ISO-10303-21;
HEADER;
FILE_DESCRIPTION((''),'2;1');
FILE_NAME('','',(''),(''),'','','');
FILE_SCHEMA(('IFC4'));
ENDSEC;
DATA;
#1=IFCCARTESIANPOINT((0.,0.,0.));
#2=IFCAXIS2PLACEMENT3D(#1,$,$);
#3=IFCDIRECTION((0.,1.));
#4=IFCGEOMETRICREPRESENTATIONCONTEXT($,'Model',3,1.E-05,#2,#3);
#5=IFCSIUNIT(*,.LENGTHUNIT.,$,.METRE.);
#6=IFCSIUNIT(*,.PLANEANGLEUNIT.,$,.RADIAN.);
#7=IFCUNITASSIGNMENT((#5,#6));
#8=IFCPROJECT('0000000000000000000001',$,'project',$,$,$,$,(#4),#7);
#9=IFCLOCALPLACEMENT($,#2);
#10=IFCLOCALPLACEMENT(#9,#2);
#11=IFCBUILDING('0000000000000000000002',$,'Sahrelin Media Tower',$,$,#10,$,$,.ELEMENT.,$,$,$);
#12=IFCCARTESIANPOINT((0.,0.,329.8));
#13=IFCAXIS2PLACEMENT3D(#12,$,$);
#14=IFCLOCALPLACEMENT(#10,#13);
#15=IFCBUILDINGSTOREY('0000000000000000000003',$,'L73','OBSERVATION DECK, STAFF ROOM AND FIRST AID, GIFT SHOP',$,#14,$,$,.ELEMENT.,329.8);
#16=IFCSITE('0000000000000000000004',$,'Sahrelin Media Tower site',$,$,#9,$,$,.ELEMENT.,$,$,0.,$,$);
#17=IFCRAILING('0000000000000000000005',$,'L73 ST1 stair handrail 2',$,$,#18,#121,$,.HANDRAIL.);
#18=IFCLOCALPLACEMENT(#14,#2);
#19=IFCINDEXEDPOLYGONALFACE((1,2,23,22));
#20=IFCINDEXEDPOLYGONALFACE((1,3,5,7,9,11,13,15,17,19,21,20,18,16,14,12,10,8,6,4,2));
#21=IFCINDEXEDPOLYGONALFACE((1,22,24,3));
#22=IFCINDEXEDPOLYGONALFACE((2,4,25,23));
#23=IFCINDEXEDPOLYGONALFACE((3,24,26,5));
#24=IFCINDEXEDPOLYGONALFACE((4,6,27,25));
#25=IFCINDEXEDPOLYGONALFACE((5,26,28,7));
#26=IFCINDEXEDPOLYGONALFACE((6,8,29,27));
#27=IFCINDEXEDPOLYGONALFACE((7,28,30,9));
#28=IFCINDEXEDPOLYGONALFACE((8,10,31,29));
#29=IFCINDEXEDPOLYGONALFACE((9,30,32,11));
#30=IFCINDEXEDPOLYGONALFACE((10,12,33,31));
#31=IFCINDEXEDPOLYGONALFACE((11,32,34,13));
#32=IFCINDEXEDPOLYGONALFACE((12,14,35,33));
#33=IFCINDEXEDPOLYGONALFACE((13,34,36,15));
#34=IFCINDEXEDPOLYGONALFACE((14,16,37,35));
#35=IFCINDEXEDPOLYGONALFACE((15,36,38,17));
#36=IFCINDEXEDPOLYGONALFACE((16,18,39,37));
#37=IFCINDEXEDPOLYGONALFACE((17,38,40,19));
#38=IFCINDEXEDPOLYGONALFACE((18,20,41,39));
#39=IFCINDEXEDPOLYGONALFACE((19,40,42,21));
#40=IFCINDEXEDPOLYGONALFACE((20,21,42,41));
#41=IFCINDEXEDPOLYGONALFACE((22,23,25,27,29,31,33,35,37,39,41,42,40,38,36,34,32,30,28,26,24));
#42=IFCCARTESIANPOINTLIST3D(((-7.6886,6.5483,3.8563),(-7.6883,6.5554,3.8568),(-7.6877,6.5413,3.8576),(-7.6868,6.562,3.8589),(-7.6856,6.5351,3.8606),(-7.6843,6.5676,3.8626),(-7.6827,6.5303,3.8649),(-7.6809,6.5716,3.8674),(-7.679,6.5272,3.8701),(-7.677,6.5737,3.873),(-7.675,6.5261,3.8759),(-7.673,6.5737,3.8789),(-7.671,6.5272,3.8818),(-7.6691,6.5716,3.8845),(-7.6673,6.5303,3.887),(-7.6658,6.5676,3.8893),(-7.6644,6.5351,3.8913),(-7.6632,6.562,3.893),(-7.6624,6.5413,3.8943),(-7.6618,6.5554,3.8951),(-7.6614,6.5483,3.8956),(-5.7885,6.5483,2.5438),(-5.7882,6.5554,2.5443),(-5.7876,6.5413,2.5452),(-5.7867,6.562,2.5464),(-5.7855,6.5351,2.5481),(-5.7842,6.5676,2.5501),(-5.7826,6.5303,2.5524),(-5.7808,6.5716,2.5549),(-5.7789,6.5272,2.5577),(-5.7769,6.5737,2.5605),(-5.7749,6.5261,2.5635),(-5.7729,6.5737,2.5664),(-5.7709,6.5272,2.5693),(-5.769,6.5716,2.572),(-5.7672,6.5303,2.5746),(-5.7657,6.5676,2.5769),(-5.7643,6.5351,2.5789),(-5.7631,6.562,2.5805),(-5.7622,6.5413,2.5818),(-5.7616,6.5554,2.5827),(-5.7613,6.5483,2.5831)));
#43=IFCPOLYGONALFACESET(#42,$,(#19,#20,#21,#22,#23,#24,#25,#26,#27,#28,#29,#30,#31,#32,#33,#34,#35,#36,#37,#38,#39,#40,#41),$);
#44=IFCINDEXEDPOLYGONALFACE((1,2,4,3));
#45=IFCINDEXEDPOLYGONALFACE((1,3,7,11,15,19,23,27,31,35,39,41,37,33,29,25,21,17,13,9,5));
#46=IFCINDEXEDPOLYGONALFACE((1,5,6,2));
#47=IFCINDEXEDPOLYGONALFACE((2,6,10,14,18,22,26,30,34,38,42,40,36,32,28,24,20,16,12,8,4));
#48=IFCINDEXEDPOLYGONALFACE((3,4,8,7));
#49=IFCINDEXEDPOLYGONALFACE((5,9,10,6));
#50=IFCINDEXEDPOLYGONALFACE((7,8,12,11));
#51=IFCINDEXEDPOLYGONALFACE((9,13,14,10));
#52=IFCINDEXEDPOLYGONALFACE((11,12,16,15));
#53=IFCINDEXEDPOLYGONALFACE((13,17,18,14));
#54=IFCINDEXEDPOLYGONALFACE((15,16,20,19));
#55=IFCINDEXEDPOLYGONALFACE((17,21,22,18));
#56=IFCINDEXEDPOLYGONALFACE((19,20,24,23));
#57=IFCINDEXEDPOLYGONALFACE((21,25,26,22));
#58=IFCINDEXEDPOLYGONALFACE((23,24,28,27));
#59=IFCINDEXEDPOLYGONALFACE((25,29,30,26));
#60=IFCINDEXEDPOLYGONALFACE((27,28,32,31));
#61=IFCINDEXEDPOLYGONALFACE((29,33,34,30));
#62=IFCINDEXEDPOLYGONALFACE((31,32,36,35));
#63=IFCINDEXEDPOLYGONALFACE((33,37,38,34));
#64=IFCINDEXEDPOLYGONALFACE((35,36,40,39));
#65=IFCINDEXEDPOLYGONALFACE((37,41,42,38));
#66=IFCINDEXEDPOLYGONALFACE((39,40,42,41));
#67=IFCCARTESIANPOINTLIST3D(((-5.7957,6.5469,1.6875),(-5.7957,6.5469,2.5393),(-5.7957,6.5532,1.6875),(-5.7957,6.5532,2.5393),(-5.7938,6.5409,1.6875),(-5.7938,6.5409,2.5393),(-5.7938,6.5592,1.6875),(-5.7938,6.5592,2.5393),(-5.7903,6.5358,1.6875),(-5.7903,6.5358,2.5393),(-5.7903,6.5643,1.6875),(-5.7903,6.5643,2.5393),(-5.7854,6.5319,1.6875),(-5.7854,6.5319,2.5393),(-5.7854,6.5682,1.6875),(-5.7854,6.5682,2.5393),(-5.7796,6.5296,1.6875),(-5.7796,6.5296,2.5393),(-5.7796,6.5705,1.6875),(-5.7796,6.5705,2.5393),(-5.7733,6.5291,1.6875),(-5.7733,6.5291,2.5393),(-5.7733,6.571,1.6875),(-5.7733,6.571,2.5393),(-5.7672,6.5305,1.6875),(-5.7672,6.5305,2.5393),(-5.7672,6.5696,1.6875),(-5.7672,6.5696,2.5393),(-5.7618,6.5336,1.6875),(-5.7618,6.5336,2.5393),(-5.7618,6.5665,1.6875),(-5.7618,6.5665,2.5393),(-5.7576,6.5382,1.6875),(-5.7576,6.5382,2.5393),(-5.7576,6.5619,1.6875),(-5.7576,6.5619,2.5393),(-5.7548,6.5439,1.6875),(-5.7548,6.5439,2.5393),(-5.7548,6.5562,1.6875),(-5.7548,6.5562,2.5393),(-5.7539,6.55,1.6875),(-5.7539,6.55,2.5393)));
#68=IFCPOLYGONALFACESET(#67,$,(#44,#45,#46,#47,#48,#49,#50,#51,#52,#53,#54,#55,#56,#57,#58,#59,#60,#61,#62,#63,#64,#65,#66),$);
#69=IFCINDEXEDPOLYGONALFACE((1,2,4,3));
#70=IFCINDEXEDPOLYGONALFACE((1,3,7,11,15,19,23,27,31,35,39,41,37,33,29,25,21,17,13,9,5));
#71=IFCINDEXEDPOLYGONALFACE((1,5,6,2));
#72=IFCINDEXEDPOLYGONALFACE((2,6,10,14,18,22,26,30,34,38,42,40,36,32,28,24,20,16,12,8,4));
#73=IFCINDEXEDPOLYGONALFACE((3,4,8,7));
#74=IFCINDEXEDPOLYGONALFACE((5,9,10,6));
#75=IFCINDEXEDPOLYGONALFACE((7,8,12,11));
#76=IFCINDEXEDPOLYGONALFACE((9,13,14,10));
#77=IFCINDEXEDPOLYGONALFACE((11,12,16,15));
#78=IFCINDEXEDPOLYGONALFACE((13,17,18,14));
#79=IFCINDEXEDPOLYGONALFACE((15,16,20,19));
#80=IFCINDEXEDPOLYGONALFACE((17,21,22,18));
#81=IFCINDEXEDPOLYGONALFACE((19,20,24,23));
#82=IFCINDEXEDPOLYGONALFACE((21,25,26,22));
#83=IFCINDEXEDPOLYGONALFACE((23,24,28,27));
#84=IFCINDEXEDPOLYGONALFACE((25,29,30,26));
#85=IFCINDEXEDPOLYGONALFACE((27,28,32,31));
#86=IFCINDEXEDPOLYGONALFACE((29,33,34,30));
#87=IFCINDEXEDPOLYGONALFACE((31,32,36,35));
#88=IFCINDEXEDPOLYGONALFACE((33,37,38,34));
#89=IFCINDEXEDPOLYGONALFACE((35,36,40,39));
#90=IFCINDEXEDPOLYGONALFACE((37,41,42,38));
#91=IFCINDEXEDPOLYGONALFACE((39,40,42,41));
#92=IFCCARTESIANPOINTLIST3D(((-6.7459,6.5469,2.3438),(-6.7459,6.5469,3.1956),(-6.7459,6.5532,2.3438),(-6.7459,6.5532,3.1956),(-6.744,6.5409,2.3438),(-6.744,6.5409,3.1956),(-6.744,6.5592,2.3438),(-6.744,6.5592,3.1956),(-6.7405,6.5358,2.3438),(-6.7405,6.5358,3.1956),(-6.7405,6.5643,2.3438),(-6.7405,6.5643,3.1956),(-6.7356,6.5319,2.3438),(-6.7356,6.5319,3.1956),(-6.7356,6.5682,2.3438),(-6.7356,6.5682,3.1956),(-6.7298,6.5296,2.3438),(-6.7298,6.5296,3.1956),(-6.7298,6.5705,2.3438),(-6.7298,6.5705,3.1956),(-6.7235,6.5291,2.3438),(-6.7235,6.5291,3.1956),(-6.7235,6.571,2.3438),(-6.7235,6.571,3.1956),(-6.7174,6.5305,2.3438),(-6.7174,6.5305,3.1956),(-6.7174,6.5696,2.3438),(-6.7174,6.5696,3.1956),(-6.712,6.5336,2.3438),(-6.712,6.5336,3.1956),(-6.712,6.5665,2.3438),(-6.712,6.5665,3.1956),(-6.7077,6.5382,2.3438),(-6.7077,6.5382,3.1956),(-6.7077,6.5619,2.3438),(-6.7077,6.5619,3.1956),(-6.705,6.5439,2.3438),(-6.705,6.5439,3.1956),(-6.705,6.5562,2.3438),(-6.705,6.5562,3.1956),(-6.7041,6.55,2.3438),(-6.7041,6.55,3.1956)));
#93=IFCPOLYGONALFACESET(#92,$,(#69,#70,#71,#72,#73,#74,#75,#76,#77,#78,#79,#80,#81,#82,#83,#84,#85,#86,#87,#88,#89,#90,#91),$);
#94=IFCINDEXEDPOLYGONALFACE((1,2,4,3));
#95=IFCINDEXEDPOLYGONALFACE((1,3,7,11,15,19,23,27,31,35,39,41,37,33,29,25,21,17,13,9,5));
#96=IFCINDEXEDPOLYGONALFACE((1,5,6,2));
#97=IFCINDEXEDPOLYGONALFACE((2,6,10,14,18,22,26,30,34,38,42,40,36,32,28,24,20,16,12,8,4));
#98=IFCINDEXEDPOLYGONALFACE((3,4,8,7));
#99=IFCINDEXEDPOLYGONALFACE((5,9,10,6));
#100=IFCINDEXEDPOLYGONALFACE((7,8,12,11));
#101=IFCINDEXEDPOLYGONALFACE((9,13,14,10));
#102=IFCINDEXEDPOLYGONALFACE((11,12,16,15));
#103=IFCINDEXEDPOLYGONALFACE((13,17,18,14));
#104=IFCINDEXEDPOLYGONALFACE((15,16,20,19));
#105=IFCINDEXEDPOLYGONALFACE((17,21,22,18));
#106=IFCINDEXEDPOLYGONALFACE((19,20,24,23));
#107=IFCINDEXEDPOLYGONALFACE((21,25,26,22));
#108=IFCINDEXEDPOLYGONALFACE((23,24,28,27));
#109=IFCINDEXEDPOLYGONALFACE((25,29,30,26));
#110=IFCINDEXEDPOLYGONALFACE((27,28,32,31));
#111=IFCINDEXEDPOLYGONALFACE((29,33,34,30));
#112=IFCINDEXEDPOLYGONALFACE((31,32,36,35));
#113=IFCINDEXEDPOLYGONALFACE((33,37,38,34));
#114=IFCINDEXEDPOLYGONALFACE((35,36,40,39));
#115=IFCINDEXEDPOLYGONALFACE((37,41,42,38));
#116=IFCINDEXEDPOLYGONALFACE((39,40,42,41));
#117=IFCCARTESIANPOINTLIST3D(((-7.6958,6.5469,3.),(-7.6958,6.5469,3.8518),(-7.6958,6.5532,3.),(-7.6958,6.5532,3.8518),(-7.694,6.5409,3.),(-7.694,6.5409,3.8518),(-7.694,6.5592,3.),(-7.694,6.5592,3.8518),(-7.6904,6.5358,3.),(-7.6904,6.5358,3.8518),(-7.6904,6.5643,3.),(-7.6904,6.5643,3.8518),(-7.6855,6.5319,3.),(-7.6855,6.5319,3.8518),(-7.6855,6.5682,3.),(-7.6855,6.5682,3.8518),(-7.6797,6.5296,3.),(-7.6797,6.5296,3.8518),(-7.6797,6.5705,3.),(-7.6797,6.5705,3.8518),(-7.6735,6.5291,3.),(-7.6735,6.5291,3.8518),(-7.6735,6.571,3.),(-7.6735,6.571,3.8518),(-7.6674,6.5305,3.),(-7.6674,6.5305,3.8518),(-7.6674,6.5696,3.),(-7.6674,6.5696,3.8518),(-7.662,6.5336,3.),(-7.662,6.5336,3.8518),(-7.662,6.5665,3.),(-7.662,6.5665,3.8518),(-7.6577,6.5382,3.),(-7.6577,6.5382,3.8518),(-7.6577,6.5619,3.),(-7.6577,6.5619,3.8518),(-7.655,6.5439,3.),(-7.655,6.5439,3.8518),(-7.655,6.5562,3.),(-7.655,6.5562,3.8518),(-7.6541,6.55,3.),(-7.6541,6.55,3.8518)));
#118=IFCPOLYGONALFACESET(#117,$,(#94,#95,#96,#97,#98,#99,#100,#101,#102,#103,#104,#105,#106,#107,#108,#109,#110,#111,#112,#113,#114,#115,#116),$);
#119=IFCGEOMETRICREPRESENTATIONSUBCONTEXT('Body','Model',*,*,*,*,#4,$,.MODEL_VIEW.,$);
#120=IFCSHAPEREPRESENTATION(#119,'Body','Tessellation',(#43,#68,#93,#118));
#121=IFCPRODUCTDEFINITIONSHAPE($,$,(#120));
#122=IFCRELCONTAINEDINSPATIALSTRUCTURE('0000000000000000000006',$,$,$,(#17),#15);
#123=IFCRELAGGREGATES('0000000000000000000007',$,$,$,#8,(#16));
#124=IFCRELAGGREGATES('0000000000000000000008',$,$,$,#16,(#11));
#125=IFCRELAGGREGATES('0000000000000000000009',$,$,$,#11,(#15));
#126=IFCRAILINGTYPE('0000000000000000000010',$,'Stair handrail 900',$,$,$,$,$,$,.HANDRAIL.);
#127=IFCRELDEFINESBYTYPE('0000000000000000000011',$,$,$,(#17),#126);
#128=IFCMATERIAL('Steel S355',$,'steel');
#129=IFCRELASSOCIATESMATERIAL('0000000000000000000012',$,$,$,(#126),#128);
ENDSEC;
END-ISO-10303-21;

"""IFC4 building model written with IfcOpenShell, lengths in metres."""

from ifc_helpers import new_model, si_unit, direction, frame, origin, origin_2d, place, context, subcontext, project, spatial, circle, extrude, material, type_object, element, save


model = new_model("IFC4")

# Units and contexts
model_context = context("Model", 3, precision=1e-05, world=origin(), true_north=direction((0.0, 1.0)))
body_context = subcontext(model_context, "Body", "Model", "MODEL_VIEW")
ifc_project = project(units=[si_unit("LENGTHUNIT", "METRE"), si_unit("PLANEANGLEUNIT", "RADIAN")], contexts=[model_context])

# Site, building, storey
site_placement = place(None, origin())
site = spatial("IfcSite", under=ifc_project, at=site_placement, Name="Sahrelin Media Tower site", CompositionType="ELEMENT", RefElevation=0.0)
building_placement = place(site_placement, origin())
building = spatial("IfcBuilding", under=site, at=building_placement, Name="Sahrelin Media Tower", CompositionType="ELEMENT")
storey_placement = place(building_placement, frame((0.0, 0.0, 329.8)))
storey = spatial("IfcBuildingStorey", under=building, at=storey_placement, Name="L73", Description="OBSERVATION DECK, STAFF ROOM AND FIRST AID, GIFT SHOP", CompositionType="ELEMENT", Elevation=329.8)

# Shared definitions
ifc_material_1 = material(Name="Steel S355", Category="steel")

# Railing
railing_type_1 = type_object("IfcRailingType", Name="Stair handrail 900", PredefinedType="HANDRAIL", material=ifc_material_1)
railing_1_placement = place(storey_placement, frame((-5.7749, 6.55, 1.6875)))
element("IfcRailing", 1, at=railing_1_placement, inside=storey, type_object=railing_type_1, Name="L73 ST1 stair handrail 2", PredefinedType="HANDRAIL", context=body_context, shape_type="SweptSolid", body=[
    extrude(circle(Radius=0.0239, at=origin_2d()), frame((0.0, 0.0, 0.876), z_axis=(-0.822797, 0.0, 0.568336), x_axis=(0.0, -1.0, 0.0)), (0.0, 0.0, 1.0), 2.3093),
    extrude(circle(Radius=0.021, at=origin_2d()), origin(), (0.0, 0.0, 1.0), 0.8518),
    extrude(circle(Radius=0.021, at=origin_2d()), frame((-0.9502, 0.0, 0.6562)), (0.0, 0.0, 1.0), 0.8518),
    extrude(circle(Radius=0.021, at=origin_2d()), frame((-1.9001, 0.0, 1.3125)), (0.0, 0.0, 1.0), 0.8518),
])

save(model, "model.ifc")
